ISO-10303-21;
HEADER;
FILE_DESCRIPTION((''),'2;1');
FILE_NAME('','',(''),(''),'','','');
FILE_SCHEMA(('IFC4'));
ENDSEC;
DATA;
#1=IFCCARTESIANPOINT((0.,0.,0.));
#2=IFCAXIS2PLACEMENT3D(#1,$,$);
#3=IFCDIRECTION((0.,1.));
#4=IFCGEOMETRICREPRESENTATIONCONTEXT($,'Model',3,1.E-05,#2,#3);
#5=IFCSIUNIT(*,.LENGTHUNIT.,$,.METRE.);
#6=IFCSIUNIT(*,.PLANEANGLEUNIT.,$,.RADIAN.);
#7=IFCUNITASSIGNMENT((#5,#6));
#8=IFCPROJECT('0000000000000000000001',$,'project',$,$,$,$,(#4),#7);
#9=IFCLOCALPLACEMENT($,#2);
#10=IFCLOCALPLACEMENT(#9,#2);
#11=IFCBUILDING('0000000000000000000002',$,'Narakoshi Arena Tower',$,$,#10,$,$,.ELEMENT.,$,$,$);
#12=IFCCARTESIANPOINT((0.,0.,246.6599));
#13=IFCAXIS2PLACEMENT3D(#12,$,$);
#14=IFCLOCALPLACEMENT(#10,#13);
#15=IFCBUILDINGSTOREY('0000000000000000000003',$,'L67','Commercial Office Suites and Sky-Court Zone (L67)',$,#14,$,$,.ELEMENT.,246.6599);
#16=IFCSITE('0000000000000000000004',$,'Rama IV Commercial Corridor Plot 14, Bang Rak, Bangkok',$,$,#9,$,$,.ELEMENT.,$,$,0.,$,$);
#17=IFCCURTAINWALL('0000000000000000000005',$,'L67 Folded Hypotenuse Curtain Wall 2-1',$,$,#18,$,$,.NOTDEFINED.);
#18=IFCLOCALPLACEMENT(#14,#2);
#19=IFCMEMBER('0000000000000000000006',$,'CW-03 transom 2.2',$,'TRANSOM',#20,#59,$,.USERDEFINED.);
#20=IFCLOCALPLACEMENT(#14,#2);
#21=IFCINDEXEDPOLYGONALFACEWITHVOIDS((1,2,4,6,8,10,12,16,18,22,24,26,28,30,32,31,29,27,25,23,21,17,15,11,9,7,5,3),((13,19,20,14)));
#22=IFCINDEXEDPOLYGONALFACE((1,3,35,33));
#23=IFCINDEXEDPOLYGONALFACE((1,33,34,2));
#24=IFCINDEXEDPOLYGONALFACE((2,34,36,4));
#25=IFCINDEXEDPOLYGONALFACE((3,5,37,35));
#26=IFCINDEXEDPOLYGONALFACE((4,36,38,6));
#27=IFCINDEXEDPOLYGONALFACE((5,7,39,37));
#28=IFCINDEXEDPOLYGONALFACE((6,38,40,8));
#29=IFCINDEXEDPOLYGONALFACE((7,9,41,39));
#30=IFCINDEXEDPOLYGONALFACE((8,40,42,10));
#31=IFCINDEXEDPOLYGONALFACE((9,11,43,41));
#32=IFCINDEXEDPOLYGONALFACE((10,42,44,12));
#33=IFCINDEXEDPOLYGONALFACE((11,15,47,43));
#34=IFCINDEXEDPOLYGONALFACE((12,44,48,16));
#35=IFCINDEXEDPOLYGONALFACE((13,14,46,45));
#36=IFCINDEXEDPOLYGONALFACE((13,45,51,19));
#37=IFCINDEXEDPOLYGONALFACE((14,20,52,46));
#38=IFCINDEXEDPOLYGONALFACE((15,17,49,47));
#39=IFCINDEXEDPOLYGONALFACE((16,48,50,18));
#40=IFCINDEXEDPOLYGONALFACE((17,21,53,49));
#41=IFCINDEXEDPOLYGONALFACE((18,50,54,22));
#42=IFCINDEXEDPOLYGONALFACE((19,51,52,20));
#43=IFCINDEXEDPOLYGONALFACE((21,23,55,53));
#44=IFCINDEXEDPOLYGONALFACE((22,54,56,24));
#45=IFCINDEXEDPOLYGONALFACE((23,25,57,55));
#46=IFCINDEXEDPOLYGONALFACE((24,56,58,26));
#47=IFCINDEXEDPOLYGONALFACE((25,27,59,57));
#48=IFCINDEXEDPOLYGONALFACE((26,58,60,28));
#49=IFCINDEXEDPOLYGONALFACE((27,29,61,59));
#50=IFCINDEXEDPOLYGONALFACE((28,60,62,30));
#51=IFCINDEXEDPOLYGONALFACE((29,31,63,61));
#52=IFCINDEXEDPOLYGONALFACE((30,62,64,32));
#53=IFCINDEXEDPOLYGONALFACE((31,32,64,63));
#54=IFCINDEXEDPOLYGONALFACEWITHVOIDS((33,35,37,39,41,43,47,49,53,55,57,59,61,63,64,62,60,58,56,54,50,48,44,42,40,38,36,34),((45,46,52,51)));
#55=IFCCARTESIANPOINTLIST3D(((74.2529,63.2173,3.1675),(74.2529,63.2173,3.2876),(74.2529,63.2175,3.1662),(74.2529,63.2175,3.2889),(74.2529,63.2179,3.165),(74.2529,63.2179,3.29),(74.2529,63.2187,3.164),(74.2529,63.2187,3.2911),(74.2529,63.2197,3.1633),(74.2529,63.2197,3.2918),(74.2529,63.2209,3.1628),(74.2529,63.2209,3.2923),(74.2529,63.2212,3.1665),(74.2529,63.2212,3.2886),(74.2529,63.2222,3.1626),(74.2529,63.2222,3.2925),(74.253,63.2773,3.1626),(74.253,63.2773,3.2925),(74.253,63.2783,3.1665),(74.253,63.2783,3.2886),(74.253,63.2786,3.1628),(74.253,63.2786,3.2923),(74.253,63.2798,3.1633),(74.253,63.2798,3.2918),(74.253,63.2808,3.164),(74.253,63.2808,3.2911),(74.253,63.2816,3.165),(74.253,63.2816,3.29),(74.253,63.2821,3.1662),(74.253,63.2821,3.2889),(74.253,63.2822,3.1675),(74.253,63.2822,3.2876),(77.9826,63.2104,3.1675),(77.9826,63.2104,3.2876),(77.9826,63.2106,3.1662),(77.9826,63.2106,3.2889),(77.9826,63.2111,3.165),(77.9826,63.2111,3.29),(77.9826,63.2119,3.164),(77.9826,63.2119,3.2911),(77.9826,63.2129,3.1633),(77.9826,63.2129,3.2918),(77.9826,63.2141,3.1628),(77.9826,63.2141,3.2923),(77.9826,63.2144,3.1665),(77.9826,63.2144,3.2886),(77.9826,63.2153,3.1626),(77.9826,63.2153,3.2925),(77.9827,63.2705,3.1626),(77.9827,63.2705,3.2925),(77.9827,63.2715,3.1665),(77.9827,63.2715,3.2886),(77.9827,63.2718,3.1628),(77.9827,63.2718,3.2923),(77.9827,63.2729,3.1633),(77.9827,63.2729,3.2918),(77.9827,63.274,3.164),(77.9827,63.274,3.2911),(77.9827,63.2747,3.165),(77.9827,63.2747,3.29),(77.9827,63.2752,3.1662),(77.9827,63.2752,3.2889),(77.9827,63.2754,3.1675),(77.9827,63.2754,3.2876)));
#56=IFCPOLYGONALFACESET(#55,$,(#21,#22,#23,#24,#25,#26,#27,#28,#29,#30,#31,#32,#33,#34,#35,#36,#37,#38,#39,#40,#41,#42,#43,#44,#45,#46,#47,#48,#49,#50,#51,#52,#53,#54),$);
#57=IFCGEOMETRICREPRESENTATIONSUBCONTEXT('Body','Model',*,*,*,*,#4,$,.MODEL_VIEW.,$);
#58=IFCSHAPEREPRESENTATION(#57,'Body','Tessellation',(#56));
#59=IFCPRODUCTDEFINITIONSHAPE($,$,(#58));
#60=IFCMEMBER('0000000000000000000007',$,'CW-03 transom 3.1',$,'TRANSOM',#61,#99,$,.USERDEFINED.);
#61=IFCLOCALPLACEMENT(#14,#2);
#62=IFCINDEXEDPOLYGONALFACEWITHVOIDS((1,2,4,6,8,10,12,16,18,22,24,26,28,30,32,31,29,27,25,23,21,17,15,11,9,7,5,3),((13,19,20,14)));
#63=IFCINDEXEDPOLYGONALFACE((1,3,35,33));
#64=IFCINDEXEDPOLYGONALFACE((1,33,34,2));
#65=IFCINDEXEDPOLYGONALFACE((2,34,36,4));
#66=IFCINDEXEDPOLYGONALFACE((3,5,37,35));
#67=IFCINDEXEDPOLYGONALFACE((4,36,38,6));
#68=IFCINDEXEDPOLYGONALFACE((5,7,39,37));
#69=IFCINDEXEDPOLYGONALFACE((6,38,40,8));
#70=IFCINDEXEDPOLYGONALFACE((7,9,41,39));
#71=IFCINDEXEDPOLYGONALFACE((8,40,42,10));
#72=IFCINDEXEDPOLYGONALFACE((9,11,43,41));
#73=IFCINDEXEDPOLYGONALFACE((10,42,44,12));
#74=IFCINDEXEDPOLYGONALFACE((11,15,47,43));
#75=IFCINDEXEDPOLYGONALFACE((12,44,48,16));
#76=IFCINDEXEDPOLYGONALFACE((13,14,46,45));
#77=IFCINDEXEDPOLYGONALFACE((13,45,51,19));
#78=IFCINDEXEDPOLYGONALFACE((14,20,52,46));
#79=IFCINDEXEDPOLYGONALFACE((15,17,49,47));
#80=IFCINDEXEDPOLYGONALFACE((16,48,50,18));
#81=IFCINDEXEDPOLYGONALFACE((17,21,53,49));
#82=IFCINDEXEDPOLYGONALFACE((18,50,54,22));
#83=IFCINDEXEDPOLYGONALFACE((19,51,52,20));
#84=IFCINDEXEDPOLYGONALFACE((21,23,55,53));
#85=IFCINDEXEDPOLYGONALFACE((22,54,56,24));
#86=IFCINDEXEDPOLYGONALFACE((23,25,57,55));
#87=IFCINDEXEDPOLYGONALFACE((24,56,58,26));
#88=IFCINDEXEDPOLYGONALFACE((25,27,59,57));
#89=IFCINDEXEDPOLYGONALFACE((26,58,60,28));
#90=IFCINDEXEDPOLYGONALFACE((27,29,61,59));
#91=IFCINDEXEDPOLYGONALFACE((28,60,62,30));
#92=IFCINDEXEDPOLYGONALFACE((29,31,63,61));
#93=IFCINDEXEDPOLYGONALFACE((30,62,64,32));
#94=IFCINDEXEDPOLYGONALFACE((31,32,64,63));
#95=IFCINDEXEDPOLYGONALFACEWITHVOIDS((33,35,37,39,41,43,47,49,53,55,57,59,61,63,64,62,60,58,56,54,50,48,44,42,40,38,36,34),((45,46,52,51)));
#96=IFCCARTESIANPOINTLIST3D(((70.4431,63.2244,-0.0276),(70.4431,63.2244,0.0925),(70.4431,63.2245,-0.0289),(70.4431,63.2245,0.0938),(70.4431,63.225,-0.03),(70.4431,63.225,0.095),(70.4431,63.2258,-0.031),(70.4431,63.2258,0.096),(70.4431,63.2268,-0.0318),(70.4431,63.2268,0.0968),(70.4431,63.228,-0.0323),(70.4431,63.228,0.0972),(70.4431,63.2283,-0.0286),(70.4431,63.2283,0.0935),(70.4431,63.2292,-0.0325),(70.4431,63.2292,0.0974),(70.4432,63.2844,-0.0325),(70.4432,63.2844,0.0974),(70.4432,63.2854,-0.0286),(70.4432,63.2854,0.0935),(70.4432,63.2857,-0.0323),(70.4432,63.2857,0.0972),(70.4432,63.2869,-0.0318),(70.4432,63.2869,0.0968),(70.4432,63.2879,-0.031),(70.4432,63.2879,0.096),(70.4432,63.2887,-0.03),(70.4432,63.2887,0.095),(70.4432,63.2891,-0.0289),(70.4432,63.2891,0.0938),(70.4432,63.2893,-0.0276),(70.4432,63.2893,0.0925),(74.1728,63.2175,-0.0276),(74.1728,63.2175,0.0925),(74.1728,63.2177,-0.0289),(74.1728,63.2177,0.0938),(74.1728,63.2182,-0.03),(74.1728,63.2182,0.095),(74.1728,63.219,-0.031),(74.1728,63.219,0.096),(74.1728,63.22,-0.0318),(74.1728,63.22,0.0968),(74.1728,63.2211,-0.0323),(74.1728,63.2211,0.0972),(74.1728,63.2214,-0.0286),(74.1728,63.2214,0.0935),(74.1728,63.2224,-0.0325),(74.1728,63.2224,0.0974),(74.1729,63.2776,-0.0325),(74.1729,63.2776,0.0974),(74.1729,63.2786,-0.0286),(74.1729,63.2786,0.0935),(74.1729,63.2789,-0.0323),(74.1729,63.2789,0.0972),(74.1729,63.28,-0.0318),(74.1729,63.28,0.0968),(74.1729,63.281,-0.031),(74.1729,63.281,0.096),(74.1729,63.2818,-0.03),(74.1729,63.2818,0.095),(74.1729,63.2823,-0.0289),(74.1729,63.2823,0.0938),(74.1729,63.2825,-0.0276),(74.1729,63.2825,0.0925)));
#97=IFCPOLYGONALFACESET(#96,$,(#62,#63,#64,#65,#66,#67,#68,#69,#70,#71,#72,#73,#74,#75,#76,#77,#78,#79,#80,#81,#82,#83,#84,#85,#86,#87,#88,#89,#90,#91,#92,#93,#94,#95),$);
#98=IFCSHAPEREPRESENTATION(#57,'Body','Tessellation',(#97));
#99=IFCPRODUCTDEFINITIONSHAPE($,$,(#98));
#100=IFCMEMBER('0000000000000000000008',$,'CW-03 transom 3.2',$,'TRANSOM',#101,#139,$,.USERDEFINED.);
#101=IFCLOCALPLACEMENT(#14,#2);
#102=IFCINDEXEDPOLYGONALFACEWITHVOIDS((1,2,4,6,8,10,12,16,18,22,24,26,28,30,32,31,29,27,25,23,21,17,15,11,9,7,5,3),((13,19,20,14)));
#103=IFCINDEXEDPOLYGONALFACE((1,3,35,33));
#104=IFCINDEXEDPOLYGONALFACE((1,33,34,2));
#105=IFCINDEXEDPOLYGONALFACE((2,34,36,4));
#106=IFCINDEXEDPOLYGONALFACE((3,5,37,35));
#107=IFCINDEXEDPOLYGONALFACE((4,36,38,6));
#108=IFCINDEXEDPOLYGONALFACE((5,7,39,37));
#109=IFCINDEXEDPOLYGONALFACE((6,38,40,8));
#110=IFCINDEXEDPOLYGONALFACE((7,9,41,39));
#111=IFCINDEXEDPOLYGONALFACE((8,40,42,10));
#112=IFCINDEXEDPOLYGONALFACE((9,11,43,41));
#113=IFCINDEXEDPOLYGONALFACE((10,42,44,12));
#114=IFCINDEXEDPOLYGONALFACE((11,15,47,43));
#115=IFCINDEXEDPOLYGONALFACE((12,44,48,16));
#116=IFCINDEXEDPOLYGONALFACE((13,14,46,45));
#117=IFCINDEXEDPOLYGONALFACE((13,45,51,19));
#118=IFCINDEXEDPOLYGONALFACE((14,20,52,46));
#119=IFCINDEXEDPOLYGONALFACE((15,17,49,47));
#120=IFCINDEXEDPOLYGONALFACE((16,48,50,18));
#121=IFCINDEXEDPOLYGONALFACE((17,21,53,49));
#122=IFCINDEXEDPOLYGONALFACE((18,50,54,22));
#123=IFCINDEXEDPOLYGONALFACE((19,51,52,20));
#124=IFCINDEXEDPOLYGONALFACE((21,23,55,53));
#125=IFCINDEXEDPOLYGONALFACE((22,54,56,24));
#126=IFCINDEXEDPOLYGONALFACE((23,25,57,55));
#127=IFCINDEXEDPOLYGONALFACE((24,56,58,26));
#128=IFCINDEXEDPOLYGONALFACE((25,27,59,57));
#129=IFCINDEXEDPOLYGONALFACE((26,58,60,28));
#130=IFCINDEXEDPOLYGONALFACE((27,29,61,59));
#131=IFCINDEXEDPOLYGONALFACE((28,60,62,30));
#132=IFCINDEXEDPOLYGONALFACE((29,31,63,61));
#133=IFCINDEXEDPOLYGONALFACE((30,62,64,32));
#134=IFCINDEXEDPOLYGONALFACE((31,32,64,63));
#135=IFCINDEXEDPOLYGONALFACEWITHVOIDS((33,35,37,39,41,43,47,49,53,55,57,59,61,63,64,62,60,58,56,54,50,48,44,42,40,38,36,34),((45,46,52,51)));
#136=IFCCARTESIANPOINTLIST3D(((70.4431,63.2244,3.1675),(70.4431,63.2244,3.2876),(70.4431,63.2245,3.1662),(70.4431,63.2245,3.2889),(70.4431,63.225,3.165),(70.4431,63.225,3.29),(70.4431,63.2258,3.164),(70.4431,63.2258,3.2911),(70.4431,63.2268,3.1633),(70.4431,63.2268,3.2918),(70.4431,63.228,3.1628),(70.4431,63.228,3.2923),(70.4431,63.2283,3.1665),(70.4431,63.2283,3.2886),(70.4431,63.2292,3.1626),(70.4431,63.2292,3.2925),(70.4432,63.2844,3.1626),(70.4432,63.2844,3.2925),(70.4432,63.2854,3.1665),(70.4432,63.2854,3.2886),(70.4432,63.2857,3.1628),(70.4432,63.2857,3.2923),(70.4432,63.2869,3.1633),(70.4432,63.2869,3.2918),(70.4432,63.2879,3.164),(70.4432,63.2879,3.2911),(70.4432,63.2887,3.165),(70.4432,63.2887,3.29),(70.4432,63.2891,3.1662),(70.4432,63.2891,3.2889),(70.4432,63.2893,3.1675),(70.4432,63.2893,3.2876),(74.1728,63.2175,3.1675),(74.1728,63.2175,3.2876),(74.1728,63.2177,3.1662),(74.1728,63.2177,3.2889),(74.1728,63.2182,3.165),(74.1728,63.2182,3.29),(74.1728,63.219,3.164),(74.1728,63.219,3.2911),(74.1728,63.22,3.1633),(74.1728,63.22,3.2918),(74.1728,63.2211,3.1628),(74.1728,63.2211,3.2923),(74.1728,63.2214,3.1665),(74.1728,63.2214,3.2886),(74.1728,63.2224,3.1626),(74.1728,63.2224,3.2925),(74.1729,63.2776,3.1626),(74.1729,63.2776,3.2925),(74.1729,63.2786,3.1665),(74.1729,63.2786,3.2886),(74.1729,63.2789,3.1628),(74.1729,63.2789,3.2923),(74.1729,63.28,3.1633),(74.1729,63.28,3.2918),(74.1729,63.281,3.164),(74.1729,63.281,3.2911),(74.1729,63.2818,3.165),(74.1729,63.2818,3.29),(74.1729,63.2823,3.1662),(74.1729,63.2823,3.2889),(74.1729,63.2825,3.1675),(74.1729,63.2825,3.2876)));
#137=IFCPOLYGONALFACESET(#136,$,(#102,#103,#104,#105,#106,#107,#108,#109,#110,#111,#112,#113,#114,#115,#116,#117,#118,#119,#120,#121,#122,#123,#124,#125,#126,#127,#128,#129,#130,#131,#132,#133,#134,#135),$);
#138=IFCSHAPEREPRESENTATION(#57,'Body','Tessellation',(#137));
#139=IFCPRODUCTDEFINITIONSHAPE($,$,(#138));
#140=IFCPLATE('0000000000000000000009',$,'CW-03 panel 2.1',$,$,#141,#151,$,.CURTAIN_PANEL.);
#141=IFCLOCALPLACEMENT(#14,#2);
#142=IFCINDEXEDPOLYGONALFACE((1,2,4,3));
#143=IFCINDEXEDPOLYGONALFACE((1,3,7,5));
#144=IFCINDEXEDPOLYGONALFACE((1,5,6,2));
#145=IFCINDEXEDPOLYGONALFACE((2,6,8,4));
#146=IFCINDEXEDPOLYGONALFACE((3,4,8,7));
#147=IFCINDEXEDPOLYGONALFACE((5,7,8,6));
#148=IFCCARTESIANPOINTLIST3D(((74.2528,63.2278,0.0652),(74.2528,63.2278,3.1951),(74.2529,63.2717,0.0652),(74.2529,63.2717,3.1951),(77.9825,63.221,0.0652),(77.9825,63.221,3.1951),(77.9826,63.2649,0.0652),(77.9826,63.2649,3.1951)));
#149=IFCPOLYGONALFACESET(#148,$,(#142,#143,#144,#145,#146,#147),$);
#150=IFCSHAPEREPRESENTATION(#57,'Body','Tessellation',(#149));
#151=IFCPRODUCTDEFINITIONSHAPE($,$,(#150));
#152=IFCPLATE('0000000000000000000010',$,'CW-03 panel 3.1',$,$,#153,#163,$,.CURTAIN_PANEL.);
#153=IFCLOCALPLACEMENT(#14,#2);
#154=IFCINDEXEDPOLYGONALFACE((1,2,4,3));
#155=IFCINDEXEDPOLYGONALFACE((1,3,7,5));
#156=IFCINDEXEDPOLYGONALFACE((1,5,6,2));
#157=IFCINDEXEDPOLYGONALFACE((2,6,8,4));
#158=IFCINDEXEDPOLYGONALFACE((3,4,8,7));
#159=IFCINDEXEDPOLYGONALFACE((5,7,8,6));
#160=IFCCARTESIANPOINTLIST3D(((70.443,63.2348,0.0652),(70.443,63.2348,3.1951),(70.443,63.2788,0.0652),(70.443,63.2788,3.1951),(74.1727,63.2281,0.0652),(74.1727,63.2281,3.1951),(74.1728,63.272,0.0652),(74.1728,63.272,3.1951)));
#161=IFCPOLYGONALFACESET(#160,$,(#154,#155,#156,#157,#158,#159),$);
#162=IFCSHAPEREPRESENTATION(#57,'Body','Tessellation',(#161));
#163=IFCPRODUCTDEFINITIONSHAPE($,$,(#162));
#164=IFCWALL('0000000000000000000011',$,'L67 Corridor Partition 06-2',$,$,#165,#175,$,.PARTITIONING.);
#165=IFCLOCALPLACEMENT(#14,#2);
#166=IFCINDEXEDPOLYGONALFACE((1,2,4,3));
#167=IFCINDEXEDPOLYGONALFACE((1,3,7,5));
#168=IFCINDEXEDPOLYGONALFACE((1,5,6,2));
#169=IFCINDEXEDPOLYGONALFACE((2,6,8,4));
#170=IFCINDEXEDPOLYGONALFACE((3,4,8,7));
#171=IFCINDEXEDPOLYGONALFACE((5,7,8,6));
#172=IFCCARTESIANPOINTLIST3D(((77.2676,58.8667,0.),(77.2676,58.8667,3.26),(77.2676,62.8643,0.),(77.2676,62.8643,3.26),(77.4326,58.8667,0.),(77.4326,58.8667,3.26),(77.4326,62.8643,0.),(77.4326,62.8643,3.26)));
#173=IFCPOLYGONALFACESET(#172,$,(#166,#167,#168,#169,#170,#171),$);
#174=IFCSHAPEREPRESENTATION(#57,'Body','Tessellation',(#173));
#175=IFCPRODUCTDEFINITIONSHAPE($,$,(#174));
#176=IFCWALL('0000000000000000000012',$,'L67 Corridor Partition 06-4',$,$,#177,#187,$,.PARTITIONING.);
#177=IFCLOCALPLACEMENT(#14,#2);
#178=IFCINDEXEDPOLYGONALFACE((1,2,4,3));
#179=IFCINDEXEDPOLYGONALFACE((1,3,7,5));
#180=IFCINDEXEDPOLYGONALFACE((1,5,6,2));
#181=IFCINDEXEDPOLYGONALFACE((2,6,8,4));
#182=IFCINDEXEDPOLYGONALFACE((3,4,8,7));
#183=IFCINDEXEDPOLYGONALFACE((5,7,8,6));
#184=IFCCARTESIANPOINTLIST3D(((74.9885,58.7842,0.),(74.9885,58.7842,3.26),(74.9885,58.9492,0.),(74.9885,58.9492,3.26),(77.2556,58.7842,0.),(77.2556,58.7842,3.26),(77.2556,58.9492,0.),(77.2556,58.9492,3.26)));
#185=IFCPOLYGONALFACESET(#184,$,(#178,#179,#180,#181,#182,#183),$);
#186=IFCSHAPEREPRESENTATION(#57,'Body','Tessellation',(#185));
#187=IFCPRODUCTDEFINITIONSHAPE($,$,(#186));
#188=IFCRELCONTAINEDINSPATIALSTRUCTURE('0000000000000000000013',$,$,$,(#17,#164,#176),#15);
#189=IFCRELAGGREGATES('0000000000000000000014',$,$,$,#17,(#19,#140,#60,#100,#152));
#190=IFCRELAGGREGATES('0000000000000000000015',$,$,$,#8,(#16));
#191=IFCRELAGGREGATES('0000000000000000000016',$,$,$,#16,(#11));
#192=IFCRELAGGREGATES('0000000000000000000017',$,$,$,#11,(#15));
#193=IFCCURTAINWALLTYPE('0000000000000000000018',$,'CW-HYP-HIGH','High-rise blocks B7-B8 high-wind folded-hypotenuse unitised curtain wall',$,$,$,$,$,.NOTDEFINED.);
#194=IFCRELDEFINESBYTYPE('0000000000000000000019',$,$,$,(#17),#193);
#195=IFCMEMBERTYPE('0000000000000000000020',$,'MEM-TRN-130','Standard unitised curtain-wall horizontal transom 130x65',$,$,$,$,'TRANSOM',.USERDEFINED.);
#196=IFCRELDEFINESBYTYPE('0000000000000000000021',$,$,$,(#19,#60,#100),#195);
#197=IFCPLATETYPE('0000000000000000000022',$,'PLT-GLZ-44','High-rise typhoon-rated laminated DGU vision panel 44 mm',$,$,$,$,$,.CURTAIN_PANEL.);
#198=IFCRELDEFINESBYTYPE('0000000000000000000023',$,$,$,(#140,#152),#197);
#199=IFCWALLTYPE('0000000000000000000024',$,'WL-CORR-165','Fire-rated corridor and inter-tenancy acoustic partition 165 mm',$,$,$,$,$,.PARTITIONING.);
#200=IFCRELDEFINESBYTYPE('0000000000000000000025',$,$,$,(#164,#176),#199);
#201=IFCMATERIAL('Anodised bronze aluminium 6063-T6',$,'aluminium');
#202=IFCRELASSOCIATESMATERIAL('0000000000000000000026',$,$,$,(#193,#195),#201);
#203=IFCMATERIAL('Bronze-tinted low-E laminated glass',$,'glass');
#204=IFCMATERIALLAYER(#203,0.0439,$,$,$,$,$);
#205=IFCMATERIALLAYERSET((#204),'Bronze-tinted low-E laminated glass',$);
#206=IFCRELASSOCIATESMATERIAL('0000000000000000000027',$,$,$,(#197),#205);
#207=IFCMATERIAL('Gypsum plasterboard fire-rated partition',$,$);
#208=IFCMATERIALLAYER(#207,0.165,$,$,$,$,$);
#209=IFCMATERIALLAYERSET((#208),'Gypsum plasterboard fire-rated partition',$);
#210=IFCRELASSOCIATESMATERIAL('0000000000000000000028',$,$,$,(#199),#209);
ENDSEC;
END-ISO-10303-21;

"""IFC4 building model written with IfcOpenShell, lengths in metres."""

from ifc_helpers import new_model, si_unit, direction, frame, frame_2d, origin, origin_2d, place, context, subcontext, project, spatial, rectangle, hollow_rectangle, extrude, material, layer, layer_set, material_profile, profile_set, type_object, element, aggregate, save


model = new_model("IFC4")

# Units and contexts
model_context = context("Model", 3, precision=1e-05, world=origin(), true_north=direction((0.0, 1.0)))
body_context = subcontext(model_context, "Body", "Model", "MODEL_VIEW")
ifc_project = project(units=[si_unit("LENGTHUNIT", "METRE"), si_unit("PLANEANGLEUNIT", "RADIAN")], contexts=[model_context])

# Site, building, storey
site_placement = place(None, origin())
site = spatial("IfcSite", under=ifc_project, at=site_placement, Name="Rama IV Commercial Corridor Plot 14, Bang Rak, Bangkok", CompositionType="ELEMENT", RefElevation=0.0)
building_placement = place(site_placement, origin())
building = spatial("IfcBuilding", under=site, at=building_placement, Name="Narakoshi Arena Tower", CompositionType="ELEMENT")
storey_placement = place(building_placement, frame((0.0, 0.0, 246.6599)))
storey = spatial("IfcBuildingStorey", under=building, at=storey_placement, Name="L67", Description="Commercial Office Suites and Sky-Court Zone (L67)", CompositionType="ELEMENT", Elevation=246.6599)

# Curtain wall, members, plates
ifc_material_1 = material(Name="Anodised bronze aluminium 6063-T6", Category="aluminium")
curtain_wall_type = type_object("IfcCurtainWallType", Name="CW-HYP-HIGH", Description="High-rise blocks B7-B8 high-wind folded-hypotenuse unitised curtain wall", PredefinedType="NOTDEFINED", material=ifc_material_1)
curtain_wall_placement = place(storey_placement, origin())
curtain_wall = element("IfcCurtainWall", 1, at=curtain_wall_placement, inside=storey, type_object=curtain_wall_type, Name="L67 Folded Hypotenuse Curtain Wall 2-1", PredefinedType="NOTDEFINED")
ifc_material_profile_1 = material_profile(ifc_material_1, hollow_rectangle(XDim=0.0649, YDim=0.1299, WallThickness=0.0039, OuterFilletRadius=0.0049, at=origin_2d()), Name="TRN130x65x4")
ifc_profile_set_1 = profile_set([ifc_material_profile_1], Name="Anodised bronze aluminium 6063-T6")
member_type_1 = type_object("IfcMemberType", Name="MEM-TRN-130", Description="Standard unitised curtain-wall horizontal transom 130x65", ElementType="TRANSOM", PredefinedType="USERDEFINED", material=ifc_profile_set_1)
member_1_placement = place(storey_placement, frame((77.9827, 63.2429, 3.2275), z_axis=(-0.999998, 0.001833, 0.0), x_axis=(-0.001833, -0.999998, 0.0)))
member_1 = element("IfcMember", 2, at=member_1_placement, type_object=member_type_1, Name="CW-03 transom 2.2", ObjectType="TRANSOM", PredefinedType="USERDEFINED", context=body_context, shape_type="SweptSolid", body=[
    extrude(hollow_rectangle(XDim=0.0649, YDim=0.1299, WallThickness=0.0039, OuterFilletRadius=0.0049, at=origin_2d()), origin(), (0.0, 0.0, 1.0), 3.7297),
])
member_2_placement = place(storey_placement, frame((74.1729, 63.25, 0.0325), z_axis=(-0.999998, 0.001833, 0.0), x_axis=(-0.001833, -0.999998, 0.0)))
member_2 = element("IfcMember", 3, at=member_2_placement, type_object=member_type_1, Name="CW-03 transom 3.1", ObjectType="TRANSOM", PredefinedType="USERDEFINED", context=body_context, shape_type="SweptSolid", body=[
    extrude(hollow_rectangle(XDim=0.0649, YDim=0.1299, WallThickness=0.0039, OuterFilletRadius=0.0049, at=origin_2d()), origin(), (0.0, 0.0, 1.0), 3.7297),
])
member_3_placement = place(storey_placement, frame((74.1729, 63.25, 3.2275), z_axis=(-0.999998, 0.001833, 0.0), x_axis=(-0.001833, -0.999998, 0.0)))
member_3 = element("IfcMember", 4, at=member_3_placement, type_object=member_type_1, Name="CW-03 transom 3.2", ObjectType="TRANSOM", PredefinedType="USERDEFINED", context=body_context, shape_type="SweptSolid", body=[
    extrude(hollow_rectangle(XDim=0.0649, YDim=0.1299, WallThickness=0.0039, OuterFilletRadius=0.0049, at=origin_2d()), origin(), (0.0, 0.0, 1.0), 3.7297),
])
ifc_material_2 = material(Name="Bronze-tinted low-E laminated glass", Category="glass")
ifc_layer_1 = layer(ifc_material_2, 0.0439)
ifc_layer_set_1 = layer_set([ifc_layer_1], Name="Bronze-tinted low-E laminated glass")
plate_type = type_object("IfcPlateType", Name="PLT-GLZ-44", Description="High-rise typhoon-rated laminated DGU vision panel 44 mm", PredefinedType="CURTAIN_PANEL", material=ifc_layer_set_1)
plate_1_placement = place(storey_placement, frame((76.1177, 63.2463, 0.0652), z_axis=(0.0, 0.0, 1.0), x_axis=(-0.999998, 0.00182, 0.0)))
plate_1 = element("IfcPlate", 5, at=plate_1_placement, type_object=plate_type, Name="CW-03 panel 2.1", PredefinedType="CURTAIN_PANEL", context=body_context, shape_type="SweptSolid", body=[
    extrude(rectangle(XDim=3.7297, YDim=0.0439, at=origin_2d()), origin(), (0.0, 0.0, 1.0), 3.1299),
])
plate_2_placement = place(storey_placement, frame((72.3079, 63.2534, 0.0652), z_axis=(0.0, 0.0, 1.0), x_axis=(-0.999998, 0.00182, 0.0)))
plate_2 = element("IfcPlate", 6, at=plate_2_placement, type_object=plate_type, Name="CW-03 panel 3.1", PredefinedType="CURTAIN_PANEL", context=body_context, shape_type="SweptSolid", body=[
    extrude(rectangle(XDim=3.7297, YDim=0.0439, at=origin_2d()), origin(), (0.0, 0.0, 1.0), 3.1299),
])
aggregate(curtain_wall, [member_1, plate_1, member_2, member_3, plate_2])

# Walls
ifc_material_3 = material(Name="Gypsum plasterboard fire-rated partition")
ifc_layer_2 = layer(ifc_material_3, 0.165)
ifc_layer_set_2 = layer_set([ifc_layer_2], Name="Gypsum plasterboard fire-rated partition")
wall_type_1 = type_object("IfcWallType", Name="WL-CORR-165", Description="Fire-rated corridor and inter-tenancy acoustic partition 165 mm", PredefinedType="PARTITIONING", material=ifc_layer_set_2)
wall_1_placement = place(storey_placement, frame((77.3501, 62.8643, 0.0), z_axis=(0.0, 0.0, 1.0), x_axis=(0.0, -1.0, 0.0)))
element("IfcWall", 7, at=wall_1_placement, inside=storey, type_object=wall_type_1, Name="L67 Corridor Partition 06-2", PredefinedType="PARTITIONING", context=body_context, shape_type="SweptSolid", body=[
    extrude(rectangle(XDim=3.9976, YDim=0.165, at=frame_2d((1.9988, 0.0))), origin(), (0.0, 0.0, 1.0), 3.26),
])
wall_2_placement = place(storey_placement, frame((77.2556, 58.8667, 0.0), z_axis=(0.0, 0.0, 1.0), x_axis=(-1.0, 0.0, 0.0)))
element("IfcWall", 8, at=wall_2_placement, inside=storey, type_object=wall_type_1, Name="L67 Corridor Partition 06-4", PredefinedType="PARTITIONING", context=body_context, shape_type="SweptSolid", body=[
    extrude(rectangle(XDim=2.2671, YDim=0.165, at=frame_2d((1.1335, 0.0))), origin(), (0.0, 0.0, 1.0), 3.26),
])

save(model, "model.ifc")
